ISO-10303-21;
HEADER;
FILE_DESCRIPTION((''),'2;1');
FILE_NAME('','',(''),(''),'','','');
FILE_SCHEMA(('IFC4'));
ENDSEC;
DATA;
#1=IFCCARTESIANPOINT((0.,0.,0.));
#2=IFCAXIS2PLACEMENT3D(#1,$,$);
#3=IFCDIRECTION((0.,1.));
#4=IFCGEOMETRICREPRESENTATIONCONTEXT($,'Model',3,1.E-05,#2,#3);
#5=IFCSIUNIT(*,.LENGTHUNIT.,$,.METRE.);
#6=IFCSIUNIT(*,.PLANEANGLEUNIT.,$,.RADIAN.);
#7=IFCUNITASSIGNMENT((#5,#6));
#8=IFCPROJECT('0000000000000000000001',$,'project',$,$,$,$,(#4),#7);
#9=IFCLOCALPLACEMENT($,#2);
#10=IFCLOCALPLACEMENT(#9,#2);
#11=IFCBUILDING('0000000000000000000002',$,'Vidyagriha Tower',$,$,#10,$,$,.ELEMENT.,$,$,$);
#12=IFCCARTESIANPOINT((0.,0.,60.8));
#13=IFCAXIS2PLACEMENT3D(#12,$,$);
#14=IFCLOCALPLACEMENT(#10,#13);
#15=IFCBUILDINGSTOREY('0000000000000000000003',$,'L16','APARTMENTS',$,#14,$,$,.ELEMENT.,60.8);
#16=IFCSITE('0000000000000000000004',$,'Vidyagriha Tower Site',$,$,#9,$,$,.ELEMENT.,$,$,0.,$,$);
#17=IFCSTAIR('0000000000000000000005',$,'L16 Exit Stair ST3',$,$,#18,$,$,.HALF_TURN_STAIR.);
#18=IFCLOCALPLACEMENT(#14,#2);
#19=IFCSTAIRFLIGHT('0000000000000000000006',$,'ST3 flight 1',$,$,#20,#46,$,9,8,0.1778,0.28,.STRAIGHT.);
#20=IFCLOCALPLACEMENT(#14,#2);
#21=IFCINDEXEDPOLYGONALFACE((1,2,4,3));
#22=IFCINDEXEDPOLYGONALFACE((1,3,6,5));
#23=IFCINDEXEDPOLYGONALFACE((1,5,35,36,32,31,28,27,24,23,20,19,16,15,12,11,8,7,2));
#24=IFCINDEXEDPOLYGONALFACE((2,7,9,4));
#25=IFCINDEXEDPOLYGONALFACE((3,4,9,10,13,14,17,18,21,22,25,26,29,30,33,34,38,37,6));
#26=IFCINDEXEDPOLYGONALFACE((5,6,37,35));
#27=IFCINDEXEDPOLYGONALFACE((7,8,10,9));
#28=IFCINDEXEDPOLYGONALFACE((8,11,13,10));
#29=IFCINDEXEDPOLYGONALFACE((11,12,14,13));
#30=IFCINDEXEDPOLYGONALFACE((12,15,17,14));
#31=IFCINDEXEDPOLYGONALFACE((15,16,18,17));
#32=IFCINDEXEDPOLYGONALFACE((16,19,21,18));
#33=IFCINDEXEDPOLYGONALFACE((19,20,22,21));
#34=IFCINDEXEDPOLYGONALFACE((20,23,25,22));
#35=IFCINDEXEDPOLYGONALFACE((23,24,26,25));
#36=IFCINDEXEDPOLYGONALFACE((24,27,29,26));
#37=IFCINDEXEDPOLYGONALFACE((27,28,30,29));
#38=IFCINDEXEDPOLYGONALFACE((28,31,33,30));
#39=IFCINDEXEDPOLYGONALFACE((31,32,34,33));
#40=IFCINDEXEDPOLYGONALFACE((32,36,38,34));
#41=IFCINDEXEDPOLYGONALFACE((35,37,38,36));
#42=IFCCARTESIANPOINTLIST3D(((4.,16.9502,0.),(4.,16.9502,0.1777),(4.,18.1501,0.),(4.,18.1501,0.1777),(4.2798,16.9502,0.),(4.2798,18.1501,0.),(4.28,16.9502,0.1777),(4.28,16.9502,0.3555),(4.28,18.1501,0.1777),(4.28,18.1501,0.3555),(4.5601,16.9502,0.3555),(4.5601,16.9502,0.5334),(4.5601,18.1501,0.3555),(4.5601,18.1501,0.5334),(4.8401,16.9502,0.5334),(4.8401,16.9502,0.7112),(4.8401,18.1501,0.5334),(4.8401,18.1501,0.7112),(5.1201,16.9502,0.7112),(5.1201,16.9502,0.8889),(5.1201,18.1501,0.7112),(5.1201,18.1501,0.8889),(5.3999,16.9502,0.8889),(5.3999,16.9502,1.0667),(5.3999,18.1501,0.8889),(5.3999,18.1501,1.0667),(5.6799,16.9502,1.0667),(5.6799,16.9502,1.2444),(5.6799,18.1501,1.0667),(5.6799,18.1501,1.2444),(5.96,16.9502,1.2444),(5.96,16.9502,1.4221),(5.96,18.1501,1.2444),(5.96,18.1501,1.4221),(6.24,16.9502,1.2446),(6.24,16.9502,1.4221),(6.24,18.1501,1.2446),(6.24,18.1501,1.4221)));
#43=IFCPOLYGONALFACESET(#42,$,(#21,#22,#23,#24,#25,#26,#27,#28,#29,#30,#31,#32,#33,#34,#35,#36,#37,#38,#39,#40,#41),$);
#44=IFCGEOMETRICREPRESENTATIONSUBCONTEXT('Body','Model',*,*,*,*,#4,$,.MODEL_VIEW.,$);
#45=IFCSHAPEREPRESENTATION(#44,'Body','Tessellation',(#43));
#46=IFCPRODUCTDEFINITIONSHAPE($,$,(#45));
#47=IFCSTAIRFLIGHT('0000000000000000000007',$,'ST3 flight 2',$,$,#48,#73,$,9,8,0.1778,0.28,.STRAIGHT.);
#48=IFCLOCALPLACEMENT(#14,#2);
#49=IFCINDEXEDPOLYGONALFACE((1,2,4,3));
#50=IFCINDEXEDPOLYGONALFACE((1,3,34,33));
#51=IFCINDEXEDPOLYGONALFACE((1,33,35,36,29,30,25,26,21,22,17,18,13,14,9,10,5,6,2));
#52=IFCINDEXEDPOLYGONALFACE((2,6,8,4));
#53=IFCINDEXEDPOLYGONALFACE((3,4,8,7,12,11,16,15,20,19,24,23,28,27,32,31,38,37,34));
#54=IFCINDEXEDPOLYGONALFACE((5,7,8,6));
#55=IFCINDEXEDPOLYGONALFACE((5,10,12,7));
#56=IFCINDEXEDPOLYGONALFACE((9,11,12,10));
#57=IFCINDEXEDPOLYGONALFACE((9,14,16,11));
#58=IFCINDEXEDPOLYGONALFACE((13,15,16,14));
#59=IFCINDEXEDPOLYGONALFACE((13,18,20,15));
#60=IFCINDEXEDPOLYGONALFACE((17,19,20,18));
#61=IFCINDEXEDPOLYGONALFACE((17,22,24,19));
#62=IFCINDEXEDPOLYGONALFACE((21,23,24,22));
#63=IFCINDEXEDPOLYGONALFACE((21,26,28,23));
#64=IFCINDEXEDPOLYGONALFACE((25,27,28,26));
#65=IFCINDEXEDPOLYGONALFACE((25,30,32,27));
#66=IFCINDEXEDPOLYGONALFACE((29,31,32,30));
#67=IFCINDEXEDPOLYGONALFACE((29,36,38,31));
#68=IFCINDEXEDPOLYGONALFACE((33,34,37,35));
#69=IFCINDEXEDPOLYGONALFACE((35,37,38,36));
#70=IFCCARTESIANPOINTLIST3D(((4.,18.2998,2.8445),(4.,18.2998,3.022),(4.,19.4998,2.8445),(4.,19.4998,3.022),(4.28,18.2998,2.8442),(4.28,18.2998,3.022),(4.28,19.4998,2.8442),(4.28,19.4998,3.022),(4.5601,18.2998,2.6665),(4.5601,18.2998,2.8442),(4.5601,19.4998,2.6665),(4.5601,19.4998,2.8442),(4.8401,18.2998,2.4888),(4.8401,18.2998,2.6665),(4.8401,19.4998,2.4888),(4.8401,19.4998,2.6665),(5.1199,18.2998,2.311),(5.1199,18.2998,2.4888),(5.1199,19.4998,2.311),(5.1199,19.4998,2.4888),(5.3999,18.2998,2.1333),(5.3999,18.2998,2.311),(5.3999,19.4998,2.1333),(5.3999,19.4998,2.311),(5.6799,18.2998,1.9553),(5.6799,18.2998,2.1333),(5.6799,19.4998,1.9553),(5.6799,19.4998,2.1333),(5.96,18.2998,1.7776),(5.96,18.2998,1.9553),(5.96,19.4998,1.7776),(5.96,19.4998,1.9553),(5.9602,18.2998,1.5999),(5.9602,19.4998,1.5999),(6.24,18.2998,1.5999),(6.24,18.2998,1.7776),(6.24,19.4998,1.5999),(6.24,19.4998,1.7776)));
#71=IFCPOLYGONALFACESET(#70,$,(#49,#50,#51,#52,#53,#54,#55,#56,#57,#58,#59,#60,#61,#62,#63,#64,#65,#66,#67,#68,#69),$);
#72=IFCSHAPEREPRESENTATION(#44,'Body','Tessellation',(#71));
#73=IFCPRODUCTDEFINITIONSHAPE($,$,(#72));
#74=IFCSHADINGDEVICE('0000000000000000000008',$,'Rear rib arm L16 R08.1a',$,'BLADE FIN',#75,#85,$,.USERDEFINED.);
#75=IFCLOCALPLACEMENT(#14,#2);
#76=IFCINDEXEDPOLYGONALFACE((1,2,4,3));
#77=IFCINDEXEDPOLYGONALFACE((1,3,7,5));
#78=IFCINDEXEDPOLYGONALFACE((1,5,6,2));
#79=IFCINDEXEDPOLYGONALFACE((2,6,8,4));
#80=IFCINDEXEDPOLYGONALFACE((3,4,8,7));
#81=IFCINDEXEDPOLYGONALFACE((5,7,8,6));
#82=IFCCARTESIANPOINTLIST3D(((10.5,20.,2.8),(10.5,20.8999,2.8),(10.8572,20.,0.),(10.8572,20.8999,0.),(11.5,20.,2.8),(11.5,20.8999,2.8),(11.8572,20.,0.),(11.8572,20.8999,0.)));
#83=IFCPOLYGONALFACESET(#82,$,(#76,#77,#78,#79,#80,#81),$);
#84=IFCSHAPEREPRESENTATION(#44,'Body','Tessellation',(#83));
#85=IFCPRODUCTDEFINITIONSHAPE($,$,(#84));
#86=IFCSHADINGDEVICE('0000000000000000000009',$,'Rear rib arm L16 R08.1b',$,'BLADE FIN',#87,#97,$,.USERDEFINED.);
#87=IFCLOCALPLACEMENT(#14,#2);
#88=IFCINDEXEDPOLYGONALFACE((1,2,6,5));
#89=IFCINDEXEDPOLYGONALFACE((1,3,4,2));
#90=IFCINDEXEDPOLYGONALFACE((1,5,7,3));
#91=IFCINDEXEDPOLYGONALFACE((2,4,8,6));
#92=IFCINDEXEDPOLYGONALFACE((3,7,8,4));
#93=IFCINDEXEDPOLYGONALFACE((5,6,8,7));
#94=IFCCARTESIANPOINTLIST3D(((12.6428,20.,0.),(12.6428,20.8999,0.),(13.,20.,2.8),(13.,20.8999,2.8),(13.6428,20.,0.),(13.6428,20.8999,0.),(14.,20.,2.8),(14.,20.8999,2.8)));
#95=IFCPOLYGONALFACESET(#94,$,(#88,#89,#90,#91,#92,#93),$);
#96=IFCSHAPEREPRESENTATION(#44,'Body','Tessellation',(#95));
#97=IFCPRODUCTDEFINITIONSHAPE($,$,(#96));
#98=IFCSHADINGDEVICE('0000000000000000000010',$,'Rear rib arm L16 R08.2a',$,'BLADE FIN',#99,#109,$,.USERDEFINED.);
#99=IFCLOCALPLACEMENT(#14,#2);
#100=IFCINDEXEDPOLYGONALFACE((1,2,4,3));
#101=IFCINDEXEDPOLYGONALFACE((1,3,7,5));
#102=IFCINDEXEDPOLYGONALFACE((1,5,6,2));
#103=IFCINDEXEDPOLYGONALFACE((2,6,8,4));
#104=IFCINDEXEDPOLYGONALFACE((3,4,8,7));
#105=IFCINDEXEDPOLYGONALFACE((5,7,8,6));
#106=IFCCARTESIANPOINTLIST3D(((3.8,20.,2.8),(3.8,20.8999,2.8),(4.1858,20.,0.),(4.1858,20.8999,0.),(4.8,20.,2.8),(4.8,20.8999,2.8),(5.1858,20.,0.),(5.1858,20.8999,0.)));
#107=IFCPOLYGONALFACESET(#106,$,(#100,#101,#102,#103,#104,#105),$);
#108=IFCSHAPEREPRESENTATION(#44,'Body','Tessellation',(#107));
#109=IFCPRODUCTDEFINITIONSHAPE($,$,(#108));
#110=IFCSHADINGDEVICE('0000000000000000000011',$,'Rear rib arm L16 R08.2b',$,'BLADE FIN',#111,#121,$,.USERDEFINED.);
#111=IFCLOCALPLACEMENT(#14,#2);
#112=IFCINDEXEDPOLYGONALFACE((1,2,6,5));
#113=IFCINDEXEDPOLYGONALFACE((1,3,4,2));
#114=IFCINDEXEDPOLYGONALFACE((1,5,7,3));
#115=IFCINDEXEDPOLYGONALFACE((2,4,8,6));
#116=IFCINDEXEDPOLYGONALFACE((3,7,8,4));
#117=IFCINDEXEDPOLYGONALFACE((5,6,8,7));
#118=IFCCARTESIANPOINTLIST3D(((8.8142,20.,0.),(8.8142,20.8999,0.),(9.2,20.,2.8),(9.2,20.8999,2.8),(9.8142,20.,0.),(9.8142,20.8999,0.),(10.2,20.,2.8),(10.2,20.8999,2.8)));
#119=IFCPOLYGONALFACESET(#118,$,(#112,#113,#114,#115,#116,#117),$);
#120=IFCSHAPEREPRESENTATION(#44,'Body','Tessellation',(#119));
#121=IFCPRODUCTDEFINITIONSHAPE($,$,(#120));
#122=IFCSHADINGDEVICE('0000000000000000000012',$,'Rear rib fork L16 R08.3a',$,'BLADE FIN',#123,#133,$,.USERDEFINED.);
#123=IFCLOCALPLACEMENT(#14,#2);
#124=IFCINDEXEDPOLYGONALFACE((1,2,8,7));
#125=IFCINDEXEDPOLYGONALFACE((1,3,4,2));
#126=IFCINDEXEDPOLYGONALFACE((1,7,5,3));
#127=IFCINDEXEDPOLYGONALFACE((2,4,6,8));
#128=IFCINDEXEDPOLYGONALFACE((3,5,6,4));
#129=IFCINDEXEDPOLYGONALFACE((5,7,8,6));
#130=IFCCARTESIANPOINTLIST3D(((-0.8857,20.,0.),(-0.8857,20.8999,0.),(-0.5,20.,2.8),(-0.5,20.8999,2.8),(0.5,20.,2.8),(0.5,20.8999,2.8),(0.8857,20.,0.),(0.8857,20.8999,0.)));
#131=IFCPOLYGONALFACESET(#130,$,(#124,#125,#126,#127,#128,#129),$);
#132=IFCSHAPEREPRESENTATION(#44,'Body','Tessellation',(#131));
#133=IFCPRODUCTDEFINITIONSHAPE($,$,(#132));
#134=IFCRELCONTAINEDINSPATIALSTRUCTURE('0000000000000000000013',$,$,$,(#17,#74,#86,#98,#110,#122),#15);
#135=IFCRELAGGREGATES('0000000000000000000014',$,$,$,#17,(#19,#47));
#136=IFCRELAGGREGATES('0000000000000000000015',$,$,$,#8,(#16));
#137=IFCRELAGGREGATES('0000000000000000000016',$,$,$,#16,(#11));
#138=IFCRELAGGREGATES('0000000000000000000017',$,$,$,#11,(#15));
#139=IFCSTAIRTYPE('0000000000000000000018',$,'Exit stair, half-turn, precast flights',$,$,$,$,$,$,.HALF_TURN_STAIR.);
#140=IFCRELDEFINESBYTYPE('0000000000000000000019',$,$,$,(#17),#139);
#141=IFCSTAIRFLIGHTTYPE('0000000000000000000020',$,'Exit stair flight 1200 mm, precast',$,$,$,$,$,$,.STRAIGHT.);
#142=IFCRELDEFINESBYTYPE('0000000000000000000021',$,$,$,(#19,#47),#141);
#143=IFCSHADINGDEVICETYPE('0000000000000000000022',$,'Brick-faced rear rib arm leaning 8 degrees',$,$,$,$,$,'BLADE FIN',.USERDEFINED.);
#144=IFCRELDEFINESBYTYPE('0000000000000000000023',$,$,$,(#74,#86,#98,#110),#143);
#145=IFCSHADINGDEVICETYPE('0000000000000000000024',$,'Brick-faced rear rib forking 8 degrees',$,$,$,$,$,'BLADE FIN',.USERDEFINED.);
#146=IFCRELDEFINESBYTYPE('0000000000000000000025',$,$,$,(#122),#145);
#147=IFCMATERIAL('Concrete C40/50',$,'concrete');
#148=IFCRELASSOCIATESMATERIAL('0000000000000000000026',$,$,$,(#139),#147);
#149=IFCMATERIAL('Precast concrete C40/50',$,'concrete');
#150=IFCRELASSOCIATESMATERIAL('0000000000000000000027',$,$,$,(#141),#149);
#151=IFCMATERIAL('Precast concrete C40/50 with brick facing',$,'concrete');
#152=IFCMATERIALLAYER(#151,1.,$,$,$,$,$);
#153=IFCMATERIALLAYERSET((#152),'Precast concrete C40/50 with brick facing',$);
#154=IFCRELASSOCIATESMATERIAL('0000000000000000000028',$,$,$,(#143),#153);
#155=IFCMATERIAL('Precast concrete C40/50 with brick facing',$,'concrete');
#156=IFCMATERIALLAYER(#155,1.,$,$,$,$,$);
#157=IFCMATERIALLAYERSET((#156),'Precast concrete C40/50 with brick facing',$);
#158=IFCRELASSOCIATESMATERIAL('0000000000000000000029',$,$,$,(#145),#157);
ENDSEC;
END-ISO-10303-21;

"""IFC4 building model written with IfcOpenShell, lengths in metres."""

from ifc_helpers import new_model, si_unit, direction, frame, origin, place, context, subcontext, project, spatial, polyline, outline, extrude, material, layer, layer_set, type_object, element, aggregate, save


model = new_model("IFC4")

# Units and contexts
model_context = context("Model", 3, precision=1e-05, world=origin(), true_north=direction((0.0, 1.0)))
body_context = subcontext(model_context, "Body", "Model", "MODEL_VIEW")
ifc_project = project(units=[si_unit("LENGTHUNIT", "METRE"), si_unit("PLANEANGLEUNIT", "RADIAN")], contexts=[model_context])

# Site, building, storey
site_placement = place(None, origin())
site = spatial("IfcSite", under=ifc_project, at=site_placement, Name="Vidyagriha Tower Site", CompositionType="ELEMENT", RefElevation=0.0)
building_placement = place(site_placement, origin())
building = spatial("IfcBuilding", under=site, at=building_placement, Name="Vidyagriha Tower", CompositionType="ELEMENT")
storey_placement = place(building_placement, frame((0.0, 0.0, 60.8)))
storey = spatial("IfcBuildingStorey", under=building, at=storey_placement, Name="L16", Description="APARTMENTS", CompositionType="ELEMENT", Elevation=60.8)

# Shared definitions
ifc_material_1 = material(Name="Concrete C40/50", Category="concrete")
stair_type = type_object("IfcStairType", Name="Exit stair, half-turn, precast flights", PredefinedType="HALF_TURN_STAIR", material=ifc_material_1)
ifc_material_2 = material(Name="Precast concrete C40/50", Category="concrete")
stair_flight_type = type_object("IfcStairFlightType", Name="Exit stair flight 1200 mm, precast", PredefinedType="STRAIGHT", material=ifc_material_2)

# Stair, stair flights
stair_1_placement = place(storey_placement, origin())
stair_1 = element("IfcStair", 1, at=stair_1_placement, inside=storey, type_object=stair_type, Name="L16 Exit Stair ST3", PredefinedType="HALF_TURN_STAIR")
stair_flight_1_placement = place(storey_placement, frame((4.0, 17.55, 0.0)))
stair_flight_1 = element("IfcStairFlight", 2, at=stair_flight_1_placement, type_object=stair_flight_type, Name="ST3 flight 1", NumberOfRisers=9, NumberOfTreads=8, PredefinedType="STRAIGHT", RiserHeight=0.1778, TreadLength=0.28, context=body_context, shape_type="SweptSolid", body=[
    extrude(outline(polyline([(0.0, 0.0), (0.0, 0.1777), (0.28, 0.1777), (0.28, 0.3555), (0.5601, 0.3555), (0.5601, 0.5334), (0.8401, 0.5334), (0.8401, 0.7112), (1.1201, 0.7112), (1.1201, 0.8889), (1.3999, 0.8889), (1.3999, 1.0667), (1.6799, 1.0667), (1.6799, 1.2444), (1.96, 1.2444), (1.96, 1.4221), (2.24, 1.4221), (2.24, 1.6001), (2.24, 1.2446), (0.2798, 0.0), (0.0, 0.0)])), frame((0.0, 0.6001, 0.0), z_axis=(0.0, -1.0, 0.0), x_axis=(1.0, 0.0, 0.0)), (0.0, 0.0, 1.0), 1.2),
])
stair_flight_2_placement = place(storey_placement, frame((6.24, 18.8999, 1.5999), z_axis=(0.0, 0.0, 1.0), x_axis=(-1.0, 0.0, 0.0)))
stair_flight_2 = element("IfcStairFlight", 3, at=stair_flight_2_placement, type_object=stair_flight_type, Name="ST3 flight 2", NumberOfRisers=9, NumberOfTreads=8, PredefinedType="STRAIGHT", RiserHeight=0.1778, TreadLength=0.28, context=body_context, shape_type="SweptSolid", body=[
    extrude(outline(polyline([(0.0, 0.0), (0.0, 0.1777), (0.28, 0.1777), (0.28, 0.3555), (0.5601, 0.3555), (0.5601, 0.5334), (0.8401, 0.5334), (0.8401, 0.7112), (1.1201, 0.7112), (1.1201, 0.8889), (1.3999, 0.8889), (1.3999, 1.0667), (1.6799, 1.0667), (1.6799, 1.2444), (1.96, 1.2444), (1.96, 1.4221), (2.24, 1.4221), (2.24, 1.6001), (2.24, 1.2446), (0.2798, 0.0), (0.0, 0.0)])), frame((0.0, 0.6001, 0.0), z_axis=(0.0, -1.0, 0.0), x_axis=(1.0, 0.0, 0.0)), (0.0, 0.0, 1.0), 1.2),
])
aggregate(stair_1, [stair_flight_1, stair_flight_2])

# Shading devices
ifc_material_3 = material(Name="Precast concrete C40/50 with brick facing", Category="concrete")
ifc_layer_1 = layer(ifc_material_3, 1.0)
ifc_layer_set_1 = layer_set([ifc_layer_1], Name="Precast concrete C40/50 with brick facing")
shading_device_type_1 = type_object("IfcShadingDeviceType", Name="Brick-faced rear rib arm leaning 8 degrees", ElementType="BLADE FIN", PredefinedType="USERDEFINED", material=ifc_layer_set_1)
shading_device_1_placement = place(storey_placement, frame((11.8572, 20.45, 0.0), z_axis=(0.0, 0.0, 1.0), x_axis=(-1.0, 0.0, 0.0)))
element("IfcShadingDevice", 4, at=shading_device_1_placement, inside=storey, type_object=shading_device_type_1, Name="Rear rib arm L16 R08.1a", ObjectType="BLADE FIN", PredefinedType="USERDEFINED", context=body_context, shape_type="SweptSolid", body=[
    extrude(outline(polyline([(0.0, 0.0), (1.0, 0.0), (1.3572, 2.8), (0.3572, 2.8), (0.0, 0.0)])), frame((0.0, 0.45, 0.0), z_axis=(0.0, -1.0, 0.0), x_axis=(1.0, 0.0, 0.0)), (0.0, 0.0, 1.0), 0.8999),
])
shading_device_2_placement = place(storey_placement, frame((14.0, 20.45, 0.0), z_axis=(0.0, 0.0, 1.0), x_axis=(-1.0, 0.0, 0.0)))
element("IfcShadingDevice", 5, at=shading_device_2_placement, inside=storey, type_object=shading_device_type_1, Name="Rear rib arm L16 R08.1b", ObjectType="BLADE FIN", PredefinedType="USERDEFINED", context=body_context, shape_type="SweptSolid", body=[
    extrude(outline(polyline([(0.3572, 0.0), (1.3572, 0.0), (1.0, 2.8), (0.0, 2.8), (0.3572, 0.0)])), frame((0.0, 0.45, 0.0), z_axis=(0.0, -1.0, 0.0), x_axis=(1.0, 0.0, 0.0)), (0.0, 0.0, 1.0), 0.8999),
])
shading_device_3_placement = place(storey_placement, frame((5.1858, 20.45, 0.0), z_axis=(0.0, 0.0, 1.0), x_axis=(-1.0, 0.0, 0.0)))
element("IfcShadingDevice", 6, at=shading_device_3_placement, inside=storey, type_object=shading_device_type_1, Name="Rear rib arm L16 R08.2a", ObjectType="BLADE FIN", PredefinedType="USERDEFINED", context=body_context, shape_type="SweptSolid", body=[
    extrude(outline(polyline([(0.0, 0.0), (1.0, 0.0), (1.3857, 2.8), (0.3857, 2.8), (0.0, 0.0)])), frame((0.0, 0.45, 0.0), z_axis=(0.0, -1.0, 0.0), x_axis=(1.0, 0.0, 0.0)), (0.0, 0.0, 1.0), 0.8999),
])
shading_device_4_placement = place(storey_placement, frame((10.2, 20.45, 0.0), z_axis=(0.0, 0.0, 1.0), x_axis=(-1.0, 0.0, 0.0)))
element("IfcShadingDevice", 7, at=shading_device_4_placement, inside=storey, type_object=shading_device_type_1, Name="Rear rib arm L16 R08.2b", ObjectType="BLADE FIN", PredefinedType="USERDEFINED", context=body_context, shape_type="SweptSolid", body=[
    extrude(outline(polyline([(0.3857, 0.0), (1.3857, 0.0), (1.0, 2.8), (0.0, 2.8), (0.3857, 0.0)])), frame((0.0, 0.45, 0.0), z_axis=(0.0, -1.0, 0.0), x_axis=(1.0, 0.0, 0.0)), (0.0, 0.0, 1.0), 0.8999),
])
ifc_material_4 = material(Name="Precast concrete C40/50 with brick facing", Category="concrete")
ifc_layer_2 = layer(ifc_material_4, 1.0)
ifc_layer_set_2 = layer_set([ifc_layer_2], Name="Precast concrete C40/50 with brick facing")
shading_device_type_2 = type_object("IfcShadingDeviceType", Name="Brick-faced rear rib forking 8 degrees", ElementType="BLADE FIN", PredefinedType="USERDEFINED", material=ifc_layer_set_2)
shading_device_5_placement = place(storey_placement, frame((0.8857, 20.45, 0.0), z_axis=(0.0, 0.0, 1.0), x_axis=(-1.0, 0.0, 0.0)))
element("IfcShadingDevice", 8, at=shading_device_5_placement, inside=storey, type_object=shading_device_type_2, Name="Rear rib fork L16 R08.3a", ObjectType="BLADE FIN", PredefinedType="USERDEFINED", context=body_context, shape_type="SweptSolid", body=[
    extrude(outline(polyline([(0.0, 0.0), (1.7715, 0.0), (1.3857, 2.8), (0.3857, 2.8), (0.0, 0.0)])), frame((0.0, 0.45, 0.0), z_axis=(0.0, -1.0, 0.0), x_axis=(1.0, 0.0, 0.0)), (0.0, 0.0, 1.0), 0.8999),
])

save(model, "model.ifc")
